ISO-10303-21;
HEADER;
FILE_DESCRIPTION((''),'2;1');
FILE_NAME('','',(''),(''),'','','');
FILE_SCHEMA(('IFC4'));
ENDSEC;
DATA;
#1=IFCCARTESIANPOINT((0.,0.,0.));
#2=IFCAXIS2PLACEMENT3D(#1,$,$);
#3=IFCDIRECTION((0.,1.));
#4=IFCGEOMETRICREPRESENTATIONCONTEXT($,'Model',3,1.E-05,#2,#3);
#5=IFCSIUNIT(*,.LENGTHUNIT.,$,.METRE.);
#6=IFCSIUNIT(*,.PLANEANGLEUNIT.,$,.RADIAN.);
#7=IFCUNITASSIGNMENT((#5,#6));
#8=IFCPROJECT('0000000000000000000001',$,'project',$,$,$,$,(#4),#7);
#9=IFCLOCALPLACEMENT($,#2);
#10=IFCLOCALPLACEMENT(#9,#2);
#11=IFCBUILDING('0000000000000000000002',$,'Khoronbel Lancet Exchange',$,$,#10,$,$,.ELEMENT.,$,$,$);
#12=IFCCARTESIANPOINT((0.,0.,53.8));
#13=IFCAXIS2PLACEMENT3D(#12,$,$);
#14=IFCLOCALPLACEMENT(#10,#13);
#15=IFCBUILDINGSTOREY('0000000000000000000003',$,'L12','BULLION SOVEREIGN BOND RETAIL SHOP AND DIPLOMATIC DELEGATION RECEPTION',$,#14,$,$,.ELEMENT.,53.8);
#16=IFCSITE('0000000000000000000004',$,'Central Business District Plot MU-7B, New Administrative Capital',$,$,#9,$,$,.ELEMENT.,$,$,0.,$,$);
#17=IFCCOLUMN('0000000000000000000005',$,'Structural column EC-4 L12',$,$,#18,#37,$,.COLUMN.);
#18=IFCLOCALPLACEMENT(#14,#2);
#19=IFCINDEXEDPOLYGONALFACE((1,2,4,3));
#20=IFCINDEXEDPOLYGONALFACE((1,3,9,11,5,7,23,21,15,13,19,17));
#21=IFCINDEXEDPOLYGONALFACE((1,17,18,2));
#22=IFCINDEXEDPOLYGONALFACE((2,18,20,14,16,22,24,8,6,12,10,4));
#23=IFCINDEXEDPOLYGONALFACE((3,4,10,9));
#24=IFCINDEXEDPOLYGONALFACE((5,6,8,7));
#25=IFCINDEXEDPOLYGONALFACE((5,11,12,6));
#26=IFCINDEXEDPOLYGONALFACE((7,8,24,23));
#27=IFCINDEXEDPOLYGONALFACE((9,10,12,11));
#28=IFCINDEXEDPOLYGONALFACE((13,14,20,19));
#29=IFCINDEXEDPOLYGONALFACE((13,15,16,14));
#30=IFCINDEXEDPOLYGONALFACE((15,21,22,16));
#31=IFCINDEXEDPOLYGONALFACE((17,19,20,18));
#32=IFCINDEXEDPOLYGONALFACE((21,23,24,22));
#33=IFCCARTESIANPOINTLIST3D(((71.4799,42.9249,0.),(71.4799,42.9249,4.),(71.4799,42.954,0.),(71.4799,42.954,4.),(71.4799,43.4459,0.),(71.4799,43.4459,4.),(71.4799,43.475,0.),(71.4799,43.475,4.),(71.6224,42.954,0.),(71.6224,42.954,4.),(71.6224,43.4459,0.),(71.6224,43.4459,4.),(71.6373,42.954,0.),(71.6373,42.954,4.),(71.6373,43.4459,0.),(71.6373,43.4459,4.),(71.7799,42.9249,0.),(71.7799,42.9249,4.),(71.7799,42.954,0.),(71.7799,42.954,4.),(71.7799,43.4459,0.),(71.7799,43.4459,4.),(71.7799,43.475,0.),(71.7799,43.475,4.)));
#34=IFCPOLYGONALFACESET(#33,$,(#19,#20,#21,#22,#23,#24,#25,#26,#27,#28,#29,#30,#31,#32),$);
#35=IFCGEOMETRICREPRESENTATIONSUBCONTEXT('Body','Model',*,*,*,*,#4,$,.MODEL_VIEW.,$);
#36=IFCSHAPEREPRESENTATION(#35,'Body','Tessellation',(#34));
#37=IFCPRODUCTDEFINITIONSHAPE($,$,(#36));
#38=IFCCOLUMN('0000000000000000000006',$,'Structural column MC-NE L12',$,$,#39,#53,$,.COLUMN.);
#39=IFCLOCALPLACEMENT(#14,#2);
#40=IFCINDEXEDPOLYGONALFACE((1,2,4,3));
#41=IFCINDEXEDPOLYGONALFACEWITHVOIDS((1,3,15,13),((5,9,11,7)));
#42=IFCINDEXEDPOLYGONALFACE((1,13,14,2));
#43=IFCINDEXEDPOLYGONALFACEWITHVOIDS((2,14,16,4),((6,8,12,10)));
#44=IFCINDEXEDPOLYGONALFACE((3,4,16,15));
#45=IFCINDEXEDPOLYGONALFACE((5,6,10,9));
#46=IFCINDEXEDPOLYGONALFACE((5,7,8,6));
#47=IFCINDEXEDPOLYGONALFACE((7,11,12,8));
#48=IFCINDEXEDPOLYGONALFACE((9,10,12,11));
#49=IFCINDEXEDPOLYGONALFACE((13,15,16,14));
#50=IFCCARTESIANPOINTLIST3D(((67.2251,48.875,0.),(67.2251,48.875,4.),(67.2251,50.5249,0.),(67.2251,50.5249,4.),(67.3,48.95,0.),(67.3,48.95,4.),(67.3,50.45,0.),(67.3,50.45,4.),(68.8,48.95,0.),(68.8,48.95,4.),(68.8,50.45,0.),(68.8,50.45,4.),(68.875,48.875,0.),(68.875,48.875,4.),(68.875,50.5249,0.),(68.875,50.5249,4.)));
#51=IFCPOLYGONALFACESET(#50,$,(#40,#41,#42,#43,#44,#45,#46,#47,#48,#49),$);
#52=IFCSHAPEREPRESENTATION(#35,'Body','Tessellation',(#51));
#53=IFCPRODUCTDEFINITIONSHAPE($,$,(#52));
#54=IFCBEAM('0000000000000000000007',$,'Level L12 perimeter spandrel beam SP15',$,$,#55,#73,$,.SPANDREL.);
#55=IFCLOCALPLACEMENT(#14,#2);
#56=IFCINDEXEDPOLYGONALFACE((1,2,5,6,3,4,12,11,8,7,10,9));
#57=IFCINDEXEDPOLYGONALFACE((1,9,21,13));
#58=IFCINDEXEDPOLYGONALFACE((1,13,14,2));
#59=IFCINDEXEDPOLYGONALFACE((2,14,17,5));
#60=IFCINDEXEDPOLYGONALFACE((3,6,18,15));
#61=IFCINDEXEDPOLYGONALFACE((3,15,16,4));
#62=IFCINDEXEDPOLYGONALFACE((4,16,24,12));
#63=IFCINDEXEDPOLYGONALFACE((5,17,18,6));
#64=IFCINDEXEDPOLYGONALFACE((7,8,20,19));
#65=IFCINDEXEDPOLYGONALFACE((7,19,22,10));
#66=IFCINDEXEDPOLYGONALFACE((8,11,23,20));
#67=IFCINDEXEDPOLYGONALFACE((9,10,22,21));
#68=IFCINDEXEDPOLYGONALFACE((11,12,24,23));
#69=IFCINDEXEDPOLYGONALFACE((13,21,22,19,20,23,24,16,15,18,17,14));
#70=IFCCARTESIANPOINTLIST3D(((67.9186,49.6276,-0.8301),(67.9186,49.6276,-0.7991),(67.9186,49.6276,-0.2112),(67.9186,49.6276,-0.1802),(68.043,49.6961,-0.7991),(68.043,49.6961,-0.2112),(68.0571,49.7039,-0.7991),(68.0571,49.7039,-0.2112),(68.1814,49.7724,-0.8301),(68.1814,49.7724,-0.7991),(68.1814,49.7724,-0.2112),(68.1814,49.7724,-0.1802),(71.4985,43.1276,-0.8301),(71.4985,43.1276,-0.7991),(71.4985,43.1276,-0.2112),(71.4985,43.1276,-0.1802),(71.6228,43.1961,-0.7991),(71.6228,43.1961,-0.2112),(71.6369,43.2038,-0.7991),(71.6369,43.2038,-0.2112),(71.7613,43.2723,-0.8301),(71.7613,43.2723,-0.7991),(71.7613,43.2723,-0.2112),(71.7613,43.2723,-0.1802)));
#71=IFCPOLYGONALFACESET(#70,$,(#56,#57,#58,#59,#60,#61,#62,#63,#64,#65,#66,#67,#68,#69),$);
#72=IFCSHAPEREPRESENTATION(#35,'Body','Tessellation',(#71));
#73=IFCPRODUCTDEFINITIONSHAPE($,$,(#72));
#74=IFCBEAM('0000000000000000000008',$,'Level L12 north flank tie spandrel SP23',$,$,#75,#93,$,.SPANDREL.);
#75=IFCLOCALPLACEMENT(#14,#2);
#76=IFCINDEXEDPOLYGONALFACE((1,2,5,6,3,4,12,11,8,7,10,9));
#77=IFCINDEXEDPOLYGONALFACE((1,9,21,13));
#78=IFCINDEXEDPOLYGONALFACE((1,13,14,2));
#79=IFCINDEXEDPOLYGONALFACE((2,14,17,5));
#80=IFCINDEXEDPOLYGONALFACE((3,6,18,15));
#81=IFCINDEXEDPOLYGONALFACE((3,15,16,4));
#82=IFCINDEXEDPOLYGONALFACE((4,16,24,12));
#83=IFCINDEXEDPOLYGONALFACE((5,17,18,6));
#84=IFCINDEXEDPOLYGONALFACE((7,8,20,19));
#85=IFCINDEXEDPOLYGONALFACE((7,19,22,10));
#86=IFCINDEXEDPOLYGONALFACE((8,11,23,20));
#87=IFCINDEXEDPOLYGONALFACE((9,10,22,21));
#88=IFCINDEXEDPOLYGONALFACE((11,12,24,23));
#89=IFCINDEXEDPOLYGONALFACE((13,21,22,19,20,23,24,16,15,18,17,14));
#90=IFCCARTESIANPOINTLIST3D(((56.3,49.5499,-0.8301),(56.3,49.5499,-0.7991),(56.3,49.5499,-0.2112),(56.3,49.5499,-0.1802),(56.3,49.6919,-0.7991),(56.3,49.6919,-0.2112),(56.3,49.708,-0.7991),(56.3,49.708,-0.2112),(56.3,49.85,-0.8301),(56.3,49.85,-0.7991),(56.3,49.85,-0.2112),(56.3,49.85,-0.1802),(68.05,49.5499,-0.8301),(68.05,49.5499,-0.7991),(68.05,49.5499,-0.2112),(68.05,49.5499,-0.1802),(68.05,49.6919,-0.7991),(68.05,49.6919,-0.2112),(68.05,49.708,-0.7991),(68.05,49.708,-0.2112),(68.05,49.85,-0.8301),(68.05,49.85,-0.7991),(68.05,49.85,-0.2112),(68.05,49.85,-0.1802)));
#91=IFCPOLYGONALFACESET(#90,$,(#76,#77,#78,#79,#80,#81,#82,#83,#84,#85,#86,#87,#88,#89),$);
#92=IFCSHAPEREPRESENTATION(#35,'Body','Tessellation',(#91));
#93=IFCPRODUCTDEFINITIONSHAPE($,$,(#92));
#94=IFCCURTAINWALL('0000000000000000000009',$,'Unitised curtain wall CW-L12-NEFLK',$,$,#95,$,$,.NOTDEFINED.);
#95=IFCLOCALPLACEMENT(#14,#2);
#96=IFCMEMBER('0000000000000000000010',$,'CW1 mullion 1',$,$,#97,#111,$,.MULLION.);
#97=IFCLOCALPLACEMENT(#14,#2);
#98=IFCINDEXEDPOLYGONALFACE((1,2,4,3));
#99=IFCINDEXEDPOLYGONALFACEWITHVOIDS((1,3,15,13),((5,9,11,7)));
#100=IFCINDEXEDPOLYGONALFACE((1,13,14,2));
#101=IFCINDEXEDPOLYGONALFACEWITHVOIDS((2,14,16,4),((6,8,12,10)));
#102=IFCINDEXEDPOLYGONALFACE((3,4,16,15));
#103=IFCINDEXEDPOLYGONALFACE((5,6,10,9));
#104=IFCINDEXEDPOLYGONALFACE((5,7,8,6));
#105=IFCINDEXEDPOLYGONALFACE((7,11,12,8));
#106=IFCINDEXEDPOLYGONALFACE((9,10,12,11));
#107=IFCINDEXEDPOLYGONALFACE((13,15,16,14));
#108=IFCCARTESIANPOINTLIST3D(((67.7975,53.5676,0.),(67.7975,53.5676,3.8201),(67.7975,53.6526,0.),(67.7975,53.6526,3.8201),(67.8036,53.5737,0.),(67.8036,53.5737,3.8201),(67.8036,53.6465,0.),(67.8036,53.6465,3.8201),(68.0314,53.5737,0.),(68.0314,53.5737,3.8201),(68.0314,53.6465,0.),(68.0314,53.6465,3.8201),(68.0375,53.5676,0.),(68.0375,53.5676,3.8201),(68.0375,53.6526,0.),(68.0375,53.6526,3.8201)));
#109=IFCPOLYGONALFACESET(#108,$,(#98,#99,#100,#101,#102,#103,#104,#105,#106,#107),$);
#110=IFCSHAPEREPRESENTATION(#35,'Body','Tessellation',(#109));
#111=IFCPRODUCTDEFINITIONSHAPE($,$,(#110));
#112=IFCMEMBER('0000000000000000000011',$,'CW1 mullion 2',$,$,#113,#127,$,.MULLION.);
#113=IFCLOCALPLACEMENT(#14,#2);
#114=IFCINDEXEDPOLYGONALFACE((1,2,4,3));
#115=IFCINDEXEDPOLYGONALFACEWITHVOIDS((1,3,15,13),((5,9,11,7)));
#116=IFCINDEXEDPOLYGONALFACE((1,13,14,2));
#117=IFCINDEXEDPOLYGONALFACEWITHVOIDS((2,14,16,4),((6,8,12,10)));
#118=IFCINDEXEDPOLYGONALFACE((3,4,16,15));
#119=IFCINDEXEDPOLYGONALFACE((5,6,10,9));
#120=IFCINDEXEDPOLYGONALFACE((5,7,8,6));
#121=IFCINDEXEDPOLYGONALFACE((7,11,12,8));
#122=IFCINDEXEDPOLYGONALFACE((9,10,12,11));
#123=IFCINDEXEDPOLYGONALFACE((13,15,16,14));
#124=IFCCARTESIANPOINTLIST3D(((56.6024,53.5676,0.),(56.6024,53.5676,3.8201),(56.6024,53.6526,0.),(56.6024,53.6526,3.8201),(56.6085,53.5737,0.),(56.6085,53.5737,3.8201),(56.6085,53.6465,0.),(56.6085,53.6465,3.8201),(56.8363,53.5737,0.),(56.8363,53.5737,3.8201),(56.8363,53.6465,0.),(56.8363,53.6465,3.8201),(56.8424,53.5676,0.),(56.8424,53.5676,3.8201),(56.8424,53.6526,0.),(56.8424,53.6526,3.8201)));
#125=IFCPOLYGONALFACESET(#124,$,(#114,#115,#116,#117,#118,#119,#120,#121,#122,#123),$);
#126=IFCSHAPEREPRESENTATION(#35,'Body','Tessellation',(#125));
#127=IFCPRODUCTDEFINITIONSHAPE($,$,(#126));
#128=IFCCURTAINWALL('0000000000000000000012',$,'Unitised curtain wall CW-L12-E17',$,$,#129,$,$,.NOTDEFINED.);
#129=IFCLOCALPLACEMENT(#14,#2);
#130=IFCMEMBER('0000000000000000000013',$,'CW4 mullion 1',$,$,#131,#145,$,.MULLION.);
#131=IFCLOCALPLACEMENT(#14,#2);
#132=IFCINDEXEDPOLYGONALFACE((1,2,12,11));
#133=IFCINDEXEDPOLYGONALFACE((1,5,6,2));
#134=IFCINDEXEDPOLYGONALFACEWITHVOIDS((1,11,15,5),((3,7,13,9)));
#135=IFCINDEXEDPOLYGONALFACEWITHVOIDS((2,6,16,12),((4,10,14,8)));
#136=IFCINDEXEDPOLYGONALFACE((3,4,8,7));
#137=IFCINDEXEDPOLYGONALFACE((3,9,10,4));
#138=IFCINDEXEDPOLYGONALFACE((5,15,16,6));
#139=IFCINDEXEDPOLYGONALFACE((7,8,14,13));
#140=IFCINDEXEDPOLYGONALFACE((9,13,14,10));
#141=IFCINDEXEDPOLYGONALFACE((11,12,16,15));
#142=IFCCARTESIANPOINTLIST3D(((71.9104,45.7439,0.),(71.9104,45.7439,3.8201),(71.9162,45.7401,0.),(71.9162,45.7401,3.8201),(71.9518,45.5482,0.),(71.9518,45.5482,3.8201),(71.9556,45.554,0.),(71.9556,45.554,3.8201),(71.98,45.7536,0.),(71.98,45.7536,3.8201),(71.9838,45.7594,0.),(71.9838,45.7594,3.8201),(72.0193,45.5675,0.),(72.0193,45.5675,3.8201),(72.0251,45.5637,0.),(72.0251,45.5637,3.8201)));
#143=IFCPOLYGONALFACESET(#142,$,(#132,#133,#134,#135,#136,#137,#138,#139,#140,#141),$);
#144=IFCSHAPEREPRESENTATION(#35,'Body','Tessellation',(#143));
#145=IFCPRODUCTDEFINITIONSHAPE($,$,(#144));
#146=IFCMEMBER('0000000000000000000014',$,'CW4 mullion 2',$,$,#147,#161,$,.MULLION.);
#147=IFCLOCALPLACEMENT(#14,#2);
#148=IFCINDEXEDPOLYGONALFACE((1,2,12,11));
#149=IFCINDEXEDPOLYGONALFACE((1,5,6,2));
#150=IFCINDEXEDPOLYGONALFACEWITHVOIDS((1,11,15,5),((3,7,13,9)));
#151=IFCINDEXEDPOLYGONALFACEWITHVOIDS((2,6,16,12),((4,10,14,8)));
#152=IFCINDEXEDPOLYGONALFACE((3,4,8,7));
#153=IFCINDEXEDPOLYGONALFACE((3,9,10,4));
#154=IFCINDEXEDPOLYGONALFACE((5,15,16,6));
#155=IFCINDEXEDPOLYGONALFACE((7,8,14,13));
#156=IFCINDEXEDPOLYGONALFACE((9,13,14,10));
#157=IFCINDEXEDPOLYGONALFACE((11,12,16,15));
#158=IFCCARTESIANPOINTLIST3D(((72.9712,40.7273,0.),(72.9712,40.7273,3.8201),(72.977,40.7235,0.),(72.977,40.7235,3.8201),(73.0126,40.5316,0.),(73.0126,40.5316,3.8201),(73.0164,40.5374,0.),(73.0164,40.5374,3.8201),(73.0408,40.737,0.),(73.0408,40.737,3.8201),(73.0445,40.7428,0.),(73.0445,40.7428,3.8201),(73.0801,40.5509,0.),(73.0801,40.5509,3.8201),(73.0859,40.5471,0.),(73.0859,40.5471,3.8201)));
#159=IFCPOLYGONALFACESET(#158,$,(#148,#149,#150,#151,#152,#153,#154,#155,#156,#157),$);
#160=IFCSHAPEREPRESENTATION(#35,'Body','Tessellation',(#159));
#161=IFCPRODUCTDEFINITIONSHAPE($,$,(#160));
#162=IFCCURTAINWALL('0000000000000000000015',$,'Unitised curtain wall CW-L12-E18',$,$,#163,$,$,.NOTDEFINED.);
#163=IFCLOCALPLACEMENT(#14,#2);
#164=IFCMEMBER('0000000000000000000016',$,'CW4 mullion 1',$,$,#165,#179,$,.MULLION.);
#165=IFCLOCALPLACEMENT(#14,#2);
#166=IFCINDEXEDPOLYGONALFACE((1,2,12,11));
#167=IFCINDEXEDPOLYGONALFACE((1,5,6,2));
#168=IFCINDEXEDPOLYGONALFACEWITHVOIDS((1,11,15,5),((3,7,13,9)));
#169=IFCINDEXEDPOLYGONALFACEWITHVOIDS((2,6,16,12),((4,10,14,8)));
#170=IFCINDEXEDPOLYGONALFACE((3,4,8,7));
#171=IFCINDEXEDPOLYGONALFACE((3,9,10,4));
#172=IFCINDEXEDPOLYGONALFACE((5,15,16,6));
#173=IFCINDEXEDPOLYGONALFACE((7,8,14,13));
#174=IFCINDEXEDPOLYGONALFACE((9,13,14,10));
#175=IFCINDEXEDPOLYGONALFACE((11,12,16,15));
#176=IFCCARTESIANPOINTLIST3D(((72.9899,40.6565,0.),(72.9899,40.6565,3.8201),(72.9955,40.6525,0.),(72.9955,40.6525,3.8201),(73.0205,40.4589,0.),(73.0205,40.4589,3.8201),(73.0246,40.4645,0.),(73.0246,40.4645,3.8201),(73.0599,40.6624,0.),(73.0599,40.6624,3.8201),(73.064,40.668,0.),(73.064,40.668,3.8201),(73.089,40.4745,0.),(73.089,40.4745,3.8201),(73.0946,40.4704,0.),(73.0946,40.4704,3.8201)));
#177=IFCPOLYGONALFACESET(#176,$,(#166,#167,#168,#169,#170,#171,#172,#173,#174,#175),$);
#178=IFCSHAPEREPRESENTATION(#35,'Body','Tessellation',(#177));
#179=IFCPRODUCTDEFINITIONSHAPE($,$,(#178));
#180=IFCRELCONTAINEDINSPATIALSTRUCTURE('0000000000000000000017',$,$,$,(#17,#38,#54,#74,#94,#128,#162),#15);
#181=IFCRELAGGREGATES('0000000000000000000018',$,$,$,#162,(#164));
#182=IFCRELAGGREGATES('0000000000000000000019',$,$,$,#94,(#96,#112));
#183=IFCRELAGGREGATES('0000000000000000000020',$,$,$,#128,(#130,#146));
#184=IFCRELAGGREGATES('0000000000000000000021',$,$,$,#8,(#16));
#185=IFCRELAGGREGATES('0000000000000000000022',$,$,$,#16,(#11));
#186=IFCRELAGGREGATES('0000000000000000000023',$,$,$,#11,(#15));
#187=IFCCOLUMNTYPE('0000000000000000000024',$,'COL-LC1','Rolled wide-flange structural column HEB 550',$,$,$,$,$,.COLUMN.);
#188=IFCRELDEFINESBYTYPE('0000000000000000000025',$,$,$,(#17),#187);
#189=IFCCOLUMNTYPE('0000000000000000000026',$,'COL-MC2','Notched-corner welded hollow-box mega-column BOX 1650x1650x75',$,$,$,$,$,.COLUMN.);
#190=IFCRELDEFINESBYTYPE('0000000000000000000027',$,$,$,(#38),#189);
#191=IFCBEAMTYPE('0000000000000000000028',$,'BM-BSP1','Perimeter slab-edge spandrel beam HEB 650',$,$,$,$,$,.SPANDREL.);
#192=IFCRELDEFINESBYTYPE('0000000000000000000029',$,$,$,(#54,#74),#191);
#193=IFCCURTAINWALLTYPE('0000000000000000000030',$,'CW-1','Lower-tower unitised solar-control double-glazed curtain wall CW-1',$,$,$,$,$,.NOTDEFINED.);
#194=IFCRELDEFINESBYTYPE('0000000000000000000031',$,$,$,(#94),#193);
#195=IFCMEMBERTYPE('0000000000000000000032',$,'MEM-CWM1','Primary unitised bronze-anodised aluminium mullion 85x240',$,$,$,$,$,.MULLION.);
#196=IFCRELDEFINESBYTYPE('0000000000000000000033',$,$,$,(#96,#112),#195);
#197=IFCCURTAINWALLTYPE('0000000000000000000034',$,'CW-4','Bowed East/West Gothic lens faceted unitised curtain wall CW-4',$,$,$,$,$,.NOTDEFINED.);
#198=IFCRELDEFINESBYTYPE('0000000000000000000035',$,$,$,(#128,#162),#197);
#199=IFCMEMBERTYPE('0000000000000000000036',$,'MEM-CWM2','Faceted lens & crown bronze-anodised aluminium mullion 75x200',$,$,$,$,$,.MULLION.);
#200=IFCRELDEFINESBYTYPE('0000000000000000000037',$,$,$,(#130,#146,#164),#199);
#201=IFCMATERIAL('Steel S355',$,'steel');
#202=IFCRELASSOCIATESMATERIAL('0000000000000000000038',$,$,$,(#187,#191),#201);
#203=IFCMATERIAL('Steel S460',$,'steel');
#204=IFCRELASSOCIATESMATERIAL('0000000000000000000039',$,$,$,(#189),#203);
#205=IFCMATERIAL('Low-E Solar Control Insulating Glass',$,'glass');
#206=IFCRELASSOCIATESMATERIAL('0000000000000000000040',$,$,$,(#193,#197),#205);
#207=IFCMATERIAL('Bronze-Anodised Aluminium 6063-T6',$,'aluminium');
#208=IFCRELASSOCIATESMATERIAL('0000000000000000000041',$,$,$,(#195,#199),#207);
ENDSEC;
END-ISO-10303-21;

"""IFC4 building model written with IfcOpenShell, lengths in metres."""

from ifc_helpers import new_model, si_unit, direction, frame, origin, origin_2d, place, context, subcontext, project, spatial, hollow_rectangle, i_section, extrude, material, material_profile, profile_set, type_object, element, aggregate, save


model = new_model("IFC4")

# Units and contexts
model_context = context("Model", 3, precision=1e-05, world=origin(), true_north=direction((0.0, 1.0)))
body_context = subcontext(model_context, "Body", "Model", "MODEL_VIEW")
ifc_project = project(units=[si_unit("LENGTHUNIT", "METRE"), si_unit("PLANEANGLEUNIT", "RADIAN")], contexts=[model_context])

# Site, building, storey
site_placement = place(None, origin())
site = spatial("IfcSite", under=ifc_project, at=site_placement, Name="Central Business District Plot MU-7B, New Administrative Capital", CompositionType="ELEMENT", RefElevation=0.0)
building_placement = place(site_placement, origin())
building = spatial("IfcBuilding", under=site, at=building_placement, Name="Khoronbel Lancet Exchange", CompositionType="ELEMENT")
storey_placement = place(building_placement, frame((0.0, 0.0, 53.8)))
storey = spatial("IfcBuildingStorey", under=building, at=storey_placement, Name="L12", Description="BULLION SOVEREIGN BOND RETAIL SHOP AND DIPLOMATIC DELEGATION RECEPTION", CompositionType="ELEMENT", Elevation=53.8)

# Columns
ifc_material_1 = material(Name="Steel S355", Category="steel")
ifc_material_profile_1 = material_profile(ifc_material_1, i_section(OverallWidth=0.3, OverallDepth=0.55, WebThickness=0.0149, FlangeThickness=0.0291, at=origin_2d()), Name="HEB 550")
ifc_profile_set_1 = profile_set([ifc_material_profile_1], Name="Steel S355")
column_type_1 = type_object("IfcColumnType", Name="COL-LC1", Description="Rolled wide-flange structural column HEB 550", PredefinedType="COLUMN", material=ifc_profile_set_1)
column_1_placement = place(storey_placement, frame((71.6299, 43.2, 0.0), z_axis=(0.0, 0.0, 1.0), x_axis=(1.0, 0.0, 0.0)))
element("IfcColumn", 1, at=column_1_placement, inside=storey, type_object=column_type_1, Name="Structural column EC-4 L12", PredefinedType="COLUMN", context=body_context, shape_type="SweptSolid", body=[
    extrude(i_section(OverallWidth=0.3, OverallDepth=0.55, WebThickness=0.0149, FlangeThickness=0.0291, at=origin_2d()), origin(), (0.0, 0.0, 1.0), 4.0),
])
ifc_material_2 = material(Name="Steel S460", Category="steel")
ifc_material_profile_2 = material_profile(ifc_material_2, hollow_rectangle(XDim=1.6499, YDim=1.6499, WallThickness=0.075, at=origin_2d()), Name="BOX 1650x1650x75")
ifc_profile_set_2 = profile_set([ifc_material_profile_2], Name="Steel S460")
column_type_2 = type_object("IfcColumnType", Name="COL-MC2", Description="Notched-corner welded hollow-box mega-column BOX 1650x1650x75", PredefinedType="COLUMN", material=ifc_profile_set_2)
column_2_placement = place(storey_placement, frame((68.05, 49.7, 0.0), z_axis=(0.0, 0.0, 1.0), x_axis=(1.0, 0.0, 0.0)))
element("IfcColumn", 2, at=column_2_placement, inside=storey, type_object=column_type_2, Name="Structural column MC-NE L12", PredefinedType="COLUMN", context=body_context, shape_type="SweptSolid", body=[
    extrude(hollow_rectangle(XDim=1.6499, YDim=1.6499, WallThickness=0.075, at=origin_2d()), origin(), (0.0, 0.0, 1.0), 4.0),
])

# Beams
ifc_material_profile_3 = material_profile(ifc_material_1, i_section(OverallWidth=0.3, OverallDepth=0.6499, WebThickness=0.0161, FlangeThickness=0.031, at=origin_2d()), Name="HEB 650")
ifc_profile_set_3 = profile_set([ifc_material_profile_3], Name="Steel S355")
beam_type = type_object("IfcBeamType", Name="BM-BSP1", Description="Perimeter slab-edge spandrel beam HEB 650", PredefinedType="SPANDREL", material=ifc_profile_set_3)
beam_1_placement = place(storey_placement, frame((71.6299, 43.2, -0.5051), z_axis=(-0.482419, 0.875941, 0.0), x_axis=(-0.875941, -0.482419, 0.0)))
element("IfcBeam", 3, at=beam_1_placement, inside=storey, type_object=beam_type, Name="Level L12 perimeter spandrel beam SP15", PredefinedType="SPANDREL", context=body_context, shape_type="SweptSolid", body=[
    extrude(i_section(OverallWidth=0.3, OverallDepth=0.6499, WebThickness=0.0161, FlangeThickness=0.031, at=origin_2d()), origin(), (0.0, 0.0, 1.0), 7.4207),
])
beam_2_placement = place(storey_placement, frame((68.05, 49.7, -0.5051), z_axis=(-1.0, 0.0, 0.0), x_axis=(0.0, -1.0, 0.0)))
element("IfcBeam", 4, at=beam_2_placement, inside=storey, type_object=beam_type, Name="Level L12 north flank tie spandrel SP23", PredefinedType="SPANDREL", context=body_context, shape_type="SweptSolid", body=[
    extrude(i_section(OverallWidth=0.3, OverallDepth=0.6499, WebThickness=0.0161, FlangeThickness=0.031, at=origin_2d()), origin(), (0.0, 0.0, 1.0), 11.75),
])

# Curtain walls, members
ifc_material_3 = material(Name="Low-E Solar Control Insulating Glass", Category="glass")
curtain_wall_type_1 = type_object("IfcCurtainWallType", Name="CW-1", Description="Lower-tower unitised solar-control double-glazed curtain wall CW-1", PredefinedType="NOTDEFINED", material=ifc_material_3)
curtain_wall_1_placement = place(storey_placement, origin())
curtain_wall_1 = element("IfcCurtainWall", 5, at=curtain_wall_1_placement, inside=storey, type_object=curtain_wall_type_1, Name="Unitised curtain wall CW-L12-NEFLK", PredefinedType="NOTDEFINED")
ifc_material_4 = material(Name="Bronze-Anodised Aluminium 6063-T6", Category="aluminium")
ifc_material_profile_4 = material_profile(ifc_material_4, hollow_rectangle(XDim=0.085, YDim=0.24, WallThickness=0.0061, at=origin_2d()), Name="ALU MULLION 85x240")
ifc_profile_set_4 = profile_set([ifc_material_profile_4], Name="Bronze-Anodised Aluminium 6063-T6")
member_type_1 = type_object("IfcMemberType", Name="MEM-CWM1", Description="Primary unitised bronze-anodised aluminium mullion 85x240", PredefinedType="MULLION", material=ifc_profile_set_4)
member_1_placement = place(storey_placement, frame((67.9175, 53.6101, 0.0), z_axis=(0.0, 0.0, 1.0), x_axis=(0.0, -1.0, 0.0)))
member_1 = element("IfcMember", 6, at=member_1_placement, type_object=member_type_1, Name="CW1 mullion 1", PredefinedType="MULLION", context=body_context, shape_type="SweptSolid", body=[
    extrude(hollow_rectangle(XDim=0.085, YDim=0.24, WallThickness=0.0061, at=origin_2d()), origin(), (0.0, 0.0, 1.0), 3.8201),
])
member_2_placement = place(storey_placement, frame((56.7224, 53.6101, 0.0), z_axis=(0.0, 0.0, 1.0), x_axis=(0.0, -1.0, 0.0)))
member_2 = element("IfcMember", 7, at=member_2_placement, type_object=member_type_1, Name="CW1 mullion 2", PredefinedType="MULLION", context=body_context, shape_type="SweptSolid", body=[
    extrude(hollow_rectangle(XDim=0.085, YDim=0.24, WallThickness=0.0061, at=origin_2d()), origin(), (0.0, 0.0, 1.0), 3.8201),
])
curtain_wall_type_2 = type_object("IfcCurtainWallType", Name="CW-4", Description="Bowed East/West Gothic lens faceted unitised curtain wall CW-4", PredefinedType="NOTDEFINED", material=ifc_material_3)
curtain_wall_2_placement = place(storey_placement, origin())
curtain_wall_2 = element("IfcCurtainWall", 8, at=curtain_wall_2_placement, inside=storey, type_object=curtain_wall_type_2, Name="Unitised curtain wall CW-L12-E17", PredefinedType="NOTDEFINED")
ifc_material_profile_5 = material_profile(ifc_material_4, hollow_rectangle(XDim=0.075, YDim=0.2, WallThickness=0.0049, at=origin_2d()), Name="ALU MULLION 75x200")
ifc_profile_set_5 = profile_set([ifc_material_profile_5], Name="Bronze-Anodised Aluminium 6063-T6")
member_type_2 = type_object("IfcMemberType", Name="MEM-CWM2", Description="Faceted lens & crown bronze-anodised aluminium mullion 75x200", PredefinedType="MULLION", material=ifc_profile_set_5)
member_3_placement = place(storey_placement, frame((71.9678, 45.6538, 0.0), z_axis=(0.0, 0.0, 1.0), x_axis=(0.978363, 0.206894, 0.0)))
member_3 = element("IfcMember", 9, at=member_3_placement, type_object=member_type_2, Name="CW4 mullion 1", PredefinedType="MULLION", context=body_context, shape_type="SweptSolid", body=[
    extrude(hollow_rectangle(XDim=0.075, YDim=0.2, WallThickness=0.0049, at=origin_2d()), origin(), (0.0, 0.0, 1.0), 3.8201),
])
member_4_placement = place(storey_placement, frame((73.0286, 40.6372, 0.0), z_axis=(0.0, 0.0, 1.0), x_axis=(0.978363, 0.206894, 0.0)))
member_4 = element("IfcMember", 10, at=member_4_placement, type_object=member_type_2, Name="CW4 mullion 2", PredefinedType="MULLION", context=body_context, shape_type="SweptSolid", body=[
    extrude(hollow_rectangle(XDim=0.075, YDim=0.2, WallThickness=0.0049, at=origin_2d()), origin(), (0.0, 0.0, 1.0), 3.8201),
])

# Curtain wall, member
curtain_wall_3_placement = place(storey_placement, origin())
curtain_wall_3 = element("IfcCurtainWall", 11, at=curtain_wall_3_placement, inside=storey, type_object=curtain_wall_type_2, Name="Unitised curtain wall CW-L12-E18", PredefinedType="NOTDEFINED")
member_5_placement = place(storey_placement, frame((73.0422, 40.5635, 0.0), z_axis=(0.0, 0.0, 1.0), x_axis=(0.988226, 0.153002, 0.0)))
member_5 = element("IfcMember", 12, at=member_5_placement, type_object=member_type_2, Name="CW4 mullion 1", PredefinedType="MULLION", context=body_context, shape_type="SweptSolid", body=[
    extrude(hollow_rectangle(XDim=0.075, YDim=0.2, WallThickness=0.0049, at=origin_2d()), origin(), (0.0, 0.0, 1.0), 3.8201),
])

aggregate(curtain_wall_3, [member_5])

aggregate(curtain_wall_1, [member_1, member_2])
aggregate(curtain_wall_2, [member_3, member_4])

save(model, "model.ifc")
